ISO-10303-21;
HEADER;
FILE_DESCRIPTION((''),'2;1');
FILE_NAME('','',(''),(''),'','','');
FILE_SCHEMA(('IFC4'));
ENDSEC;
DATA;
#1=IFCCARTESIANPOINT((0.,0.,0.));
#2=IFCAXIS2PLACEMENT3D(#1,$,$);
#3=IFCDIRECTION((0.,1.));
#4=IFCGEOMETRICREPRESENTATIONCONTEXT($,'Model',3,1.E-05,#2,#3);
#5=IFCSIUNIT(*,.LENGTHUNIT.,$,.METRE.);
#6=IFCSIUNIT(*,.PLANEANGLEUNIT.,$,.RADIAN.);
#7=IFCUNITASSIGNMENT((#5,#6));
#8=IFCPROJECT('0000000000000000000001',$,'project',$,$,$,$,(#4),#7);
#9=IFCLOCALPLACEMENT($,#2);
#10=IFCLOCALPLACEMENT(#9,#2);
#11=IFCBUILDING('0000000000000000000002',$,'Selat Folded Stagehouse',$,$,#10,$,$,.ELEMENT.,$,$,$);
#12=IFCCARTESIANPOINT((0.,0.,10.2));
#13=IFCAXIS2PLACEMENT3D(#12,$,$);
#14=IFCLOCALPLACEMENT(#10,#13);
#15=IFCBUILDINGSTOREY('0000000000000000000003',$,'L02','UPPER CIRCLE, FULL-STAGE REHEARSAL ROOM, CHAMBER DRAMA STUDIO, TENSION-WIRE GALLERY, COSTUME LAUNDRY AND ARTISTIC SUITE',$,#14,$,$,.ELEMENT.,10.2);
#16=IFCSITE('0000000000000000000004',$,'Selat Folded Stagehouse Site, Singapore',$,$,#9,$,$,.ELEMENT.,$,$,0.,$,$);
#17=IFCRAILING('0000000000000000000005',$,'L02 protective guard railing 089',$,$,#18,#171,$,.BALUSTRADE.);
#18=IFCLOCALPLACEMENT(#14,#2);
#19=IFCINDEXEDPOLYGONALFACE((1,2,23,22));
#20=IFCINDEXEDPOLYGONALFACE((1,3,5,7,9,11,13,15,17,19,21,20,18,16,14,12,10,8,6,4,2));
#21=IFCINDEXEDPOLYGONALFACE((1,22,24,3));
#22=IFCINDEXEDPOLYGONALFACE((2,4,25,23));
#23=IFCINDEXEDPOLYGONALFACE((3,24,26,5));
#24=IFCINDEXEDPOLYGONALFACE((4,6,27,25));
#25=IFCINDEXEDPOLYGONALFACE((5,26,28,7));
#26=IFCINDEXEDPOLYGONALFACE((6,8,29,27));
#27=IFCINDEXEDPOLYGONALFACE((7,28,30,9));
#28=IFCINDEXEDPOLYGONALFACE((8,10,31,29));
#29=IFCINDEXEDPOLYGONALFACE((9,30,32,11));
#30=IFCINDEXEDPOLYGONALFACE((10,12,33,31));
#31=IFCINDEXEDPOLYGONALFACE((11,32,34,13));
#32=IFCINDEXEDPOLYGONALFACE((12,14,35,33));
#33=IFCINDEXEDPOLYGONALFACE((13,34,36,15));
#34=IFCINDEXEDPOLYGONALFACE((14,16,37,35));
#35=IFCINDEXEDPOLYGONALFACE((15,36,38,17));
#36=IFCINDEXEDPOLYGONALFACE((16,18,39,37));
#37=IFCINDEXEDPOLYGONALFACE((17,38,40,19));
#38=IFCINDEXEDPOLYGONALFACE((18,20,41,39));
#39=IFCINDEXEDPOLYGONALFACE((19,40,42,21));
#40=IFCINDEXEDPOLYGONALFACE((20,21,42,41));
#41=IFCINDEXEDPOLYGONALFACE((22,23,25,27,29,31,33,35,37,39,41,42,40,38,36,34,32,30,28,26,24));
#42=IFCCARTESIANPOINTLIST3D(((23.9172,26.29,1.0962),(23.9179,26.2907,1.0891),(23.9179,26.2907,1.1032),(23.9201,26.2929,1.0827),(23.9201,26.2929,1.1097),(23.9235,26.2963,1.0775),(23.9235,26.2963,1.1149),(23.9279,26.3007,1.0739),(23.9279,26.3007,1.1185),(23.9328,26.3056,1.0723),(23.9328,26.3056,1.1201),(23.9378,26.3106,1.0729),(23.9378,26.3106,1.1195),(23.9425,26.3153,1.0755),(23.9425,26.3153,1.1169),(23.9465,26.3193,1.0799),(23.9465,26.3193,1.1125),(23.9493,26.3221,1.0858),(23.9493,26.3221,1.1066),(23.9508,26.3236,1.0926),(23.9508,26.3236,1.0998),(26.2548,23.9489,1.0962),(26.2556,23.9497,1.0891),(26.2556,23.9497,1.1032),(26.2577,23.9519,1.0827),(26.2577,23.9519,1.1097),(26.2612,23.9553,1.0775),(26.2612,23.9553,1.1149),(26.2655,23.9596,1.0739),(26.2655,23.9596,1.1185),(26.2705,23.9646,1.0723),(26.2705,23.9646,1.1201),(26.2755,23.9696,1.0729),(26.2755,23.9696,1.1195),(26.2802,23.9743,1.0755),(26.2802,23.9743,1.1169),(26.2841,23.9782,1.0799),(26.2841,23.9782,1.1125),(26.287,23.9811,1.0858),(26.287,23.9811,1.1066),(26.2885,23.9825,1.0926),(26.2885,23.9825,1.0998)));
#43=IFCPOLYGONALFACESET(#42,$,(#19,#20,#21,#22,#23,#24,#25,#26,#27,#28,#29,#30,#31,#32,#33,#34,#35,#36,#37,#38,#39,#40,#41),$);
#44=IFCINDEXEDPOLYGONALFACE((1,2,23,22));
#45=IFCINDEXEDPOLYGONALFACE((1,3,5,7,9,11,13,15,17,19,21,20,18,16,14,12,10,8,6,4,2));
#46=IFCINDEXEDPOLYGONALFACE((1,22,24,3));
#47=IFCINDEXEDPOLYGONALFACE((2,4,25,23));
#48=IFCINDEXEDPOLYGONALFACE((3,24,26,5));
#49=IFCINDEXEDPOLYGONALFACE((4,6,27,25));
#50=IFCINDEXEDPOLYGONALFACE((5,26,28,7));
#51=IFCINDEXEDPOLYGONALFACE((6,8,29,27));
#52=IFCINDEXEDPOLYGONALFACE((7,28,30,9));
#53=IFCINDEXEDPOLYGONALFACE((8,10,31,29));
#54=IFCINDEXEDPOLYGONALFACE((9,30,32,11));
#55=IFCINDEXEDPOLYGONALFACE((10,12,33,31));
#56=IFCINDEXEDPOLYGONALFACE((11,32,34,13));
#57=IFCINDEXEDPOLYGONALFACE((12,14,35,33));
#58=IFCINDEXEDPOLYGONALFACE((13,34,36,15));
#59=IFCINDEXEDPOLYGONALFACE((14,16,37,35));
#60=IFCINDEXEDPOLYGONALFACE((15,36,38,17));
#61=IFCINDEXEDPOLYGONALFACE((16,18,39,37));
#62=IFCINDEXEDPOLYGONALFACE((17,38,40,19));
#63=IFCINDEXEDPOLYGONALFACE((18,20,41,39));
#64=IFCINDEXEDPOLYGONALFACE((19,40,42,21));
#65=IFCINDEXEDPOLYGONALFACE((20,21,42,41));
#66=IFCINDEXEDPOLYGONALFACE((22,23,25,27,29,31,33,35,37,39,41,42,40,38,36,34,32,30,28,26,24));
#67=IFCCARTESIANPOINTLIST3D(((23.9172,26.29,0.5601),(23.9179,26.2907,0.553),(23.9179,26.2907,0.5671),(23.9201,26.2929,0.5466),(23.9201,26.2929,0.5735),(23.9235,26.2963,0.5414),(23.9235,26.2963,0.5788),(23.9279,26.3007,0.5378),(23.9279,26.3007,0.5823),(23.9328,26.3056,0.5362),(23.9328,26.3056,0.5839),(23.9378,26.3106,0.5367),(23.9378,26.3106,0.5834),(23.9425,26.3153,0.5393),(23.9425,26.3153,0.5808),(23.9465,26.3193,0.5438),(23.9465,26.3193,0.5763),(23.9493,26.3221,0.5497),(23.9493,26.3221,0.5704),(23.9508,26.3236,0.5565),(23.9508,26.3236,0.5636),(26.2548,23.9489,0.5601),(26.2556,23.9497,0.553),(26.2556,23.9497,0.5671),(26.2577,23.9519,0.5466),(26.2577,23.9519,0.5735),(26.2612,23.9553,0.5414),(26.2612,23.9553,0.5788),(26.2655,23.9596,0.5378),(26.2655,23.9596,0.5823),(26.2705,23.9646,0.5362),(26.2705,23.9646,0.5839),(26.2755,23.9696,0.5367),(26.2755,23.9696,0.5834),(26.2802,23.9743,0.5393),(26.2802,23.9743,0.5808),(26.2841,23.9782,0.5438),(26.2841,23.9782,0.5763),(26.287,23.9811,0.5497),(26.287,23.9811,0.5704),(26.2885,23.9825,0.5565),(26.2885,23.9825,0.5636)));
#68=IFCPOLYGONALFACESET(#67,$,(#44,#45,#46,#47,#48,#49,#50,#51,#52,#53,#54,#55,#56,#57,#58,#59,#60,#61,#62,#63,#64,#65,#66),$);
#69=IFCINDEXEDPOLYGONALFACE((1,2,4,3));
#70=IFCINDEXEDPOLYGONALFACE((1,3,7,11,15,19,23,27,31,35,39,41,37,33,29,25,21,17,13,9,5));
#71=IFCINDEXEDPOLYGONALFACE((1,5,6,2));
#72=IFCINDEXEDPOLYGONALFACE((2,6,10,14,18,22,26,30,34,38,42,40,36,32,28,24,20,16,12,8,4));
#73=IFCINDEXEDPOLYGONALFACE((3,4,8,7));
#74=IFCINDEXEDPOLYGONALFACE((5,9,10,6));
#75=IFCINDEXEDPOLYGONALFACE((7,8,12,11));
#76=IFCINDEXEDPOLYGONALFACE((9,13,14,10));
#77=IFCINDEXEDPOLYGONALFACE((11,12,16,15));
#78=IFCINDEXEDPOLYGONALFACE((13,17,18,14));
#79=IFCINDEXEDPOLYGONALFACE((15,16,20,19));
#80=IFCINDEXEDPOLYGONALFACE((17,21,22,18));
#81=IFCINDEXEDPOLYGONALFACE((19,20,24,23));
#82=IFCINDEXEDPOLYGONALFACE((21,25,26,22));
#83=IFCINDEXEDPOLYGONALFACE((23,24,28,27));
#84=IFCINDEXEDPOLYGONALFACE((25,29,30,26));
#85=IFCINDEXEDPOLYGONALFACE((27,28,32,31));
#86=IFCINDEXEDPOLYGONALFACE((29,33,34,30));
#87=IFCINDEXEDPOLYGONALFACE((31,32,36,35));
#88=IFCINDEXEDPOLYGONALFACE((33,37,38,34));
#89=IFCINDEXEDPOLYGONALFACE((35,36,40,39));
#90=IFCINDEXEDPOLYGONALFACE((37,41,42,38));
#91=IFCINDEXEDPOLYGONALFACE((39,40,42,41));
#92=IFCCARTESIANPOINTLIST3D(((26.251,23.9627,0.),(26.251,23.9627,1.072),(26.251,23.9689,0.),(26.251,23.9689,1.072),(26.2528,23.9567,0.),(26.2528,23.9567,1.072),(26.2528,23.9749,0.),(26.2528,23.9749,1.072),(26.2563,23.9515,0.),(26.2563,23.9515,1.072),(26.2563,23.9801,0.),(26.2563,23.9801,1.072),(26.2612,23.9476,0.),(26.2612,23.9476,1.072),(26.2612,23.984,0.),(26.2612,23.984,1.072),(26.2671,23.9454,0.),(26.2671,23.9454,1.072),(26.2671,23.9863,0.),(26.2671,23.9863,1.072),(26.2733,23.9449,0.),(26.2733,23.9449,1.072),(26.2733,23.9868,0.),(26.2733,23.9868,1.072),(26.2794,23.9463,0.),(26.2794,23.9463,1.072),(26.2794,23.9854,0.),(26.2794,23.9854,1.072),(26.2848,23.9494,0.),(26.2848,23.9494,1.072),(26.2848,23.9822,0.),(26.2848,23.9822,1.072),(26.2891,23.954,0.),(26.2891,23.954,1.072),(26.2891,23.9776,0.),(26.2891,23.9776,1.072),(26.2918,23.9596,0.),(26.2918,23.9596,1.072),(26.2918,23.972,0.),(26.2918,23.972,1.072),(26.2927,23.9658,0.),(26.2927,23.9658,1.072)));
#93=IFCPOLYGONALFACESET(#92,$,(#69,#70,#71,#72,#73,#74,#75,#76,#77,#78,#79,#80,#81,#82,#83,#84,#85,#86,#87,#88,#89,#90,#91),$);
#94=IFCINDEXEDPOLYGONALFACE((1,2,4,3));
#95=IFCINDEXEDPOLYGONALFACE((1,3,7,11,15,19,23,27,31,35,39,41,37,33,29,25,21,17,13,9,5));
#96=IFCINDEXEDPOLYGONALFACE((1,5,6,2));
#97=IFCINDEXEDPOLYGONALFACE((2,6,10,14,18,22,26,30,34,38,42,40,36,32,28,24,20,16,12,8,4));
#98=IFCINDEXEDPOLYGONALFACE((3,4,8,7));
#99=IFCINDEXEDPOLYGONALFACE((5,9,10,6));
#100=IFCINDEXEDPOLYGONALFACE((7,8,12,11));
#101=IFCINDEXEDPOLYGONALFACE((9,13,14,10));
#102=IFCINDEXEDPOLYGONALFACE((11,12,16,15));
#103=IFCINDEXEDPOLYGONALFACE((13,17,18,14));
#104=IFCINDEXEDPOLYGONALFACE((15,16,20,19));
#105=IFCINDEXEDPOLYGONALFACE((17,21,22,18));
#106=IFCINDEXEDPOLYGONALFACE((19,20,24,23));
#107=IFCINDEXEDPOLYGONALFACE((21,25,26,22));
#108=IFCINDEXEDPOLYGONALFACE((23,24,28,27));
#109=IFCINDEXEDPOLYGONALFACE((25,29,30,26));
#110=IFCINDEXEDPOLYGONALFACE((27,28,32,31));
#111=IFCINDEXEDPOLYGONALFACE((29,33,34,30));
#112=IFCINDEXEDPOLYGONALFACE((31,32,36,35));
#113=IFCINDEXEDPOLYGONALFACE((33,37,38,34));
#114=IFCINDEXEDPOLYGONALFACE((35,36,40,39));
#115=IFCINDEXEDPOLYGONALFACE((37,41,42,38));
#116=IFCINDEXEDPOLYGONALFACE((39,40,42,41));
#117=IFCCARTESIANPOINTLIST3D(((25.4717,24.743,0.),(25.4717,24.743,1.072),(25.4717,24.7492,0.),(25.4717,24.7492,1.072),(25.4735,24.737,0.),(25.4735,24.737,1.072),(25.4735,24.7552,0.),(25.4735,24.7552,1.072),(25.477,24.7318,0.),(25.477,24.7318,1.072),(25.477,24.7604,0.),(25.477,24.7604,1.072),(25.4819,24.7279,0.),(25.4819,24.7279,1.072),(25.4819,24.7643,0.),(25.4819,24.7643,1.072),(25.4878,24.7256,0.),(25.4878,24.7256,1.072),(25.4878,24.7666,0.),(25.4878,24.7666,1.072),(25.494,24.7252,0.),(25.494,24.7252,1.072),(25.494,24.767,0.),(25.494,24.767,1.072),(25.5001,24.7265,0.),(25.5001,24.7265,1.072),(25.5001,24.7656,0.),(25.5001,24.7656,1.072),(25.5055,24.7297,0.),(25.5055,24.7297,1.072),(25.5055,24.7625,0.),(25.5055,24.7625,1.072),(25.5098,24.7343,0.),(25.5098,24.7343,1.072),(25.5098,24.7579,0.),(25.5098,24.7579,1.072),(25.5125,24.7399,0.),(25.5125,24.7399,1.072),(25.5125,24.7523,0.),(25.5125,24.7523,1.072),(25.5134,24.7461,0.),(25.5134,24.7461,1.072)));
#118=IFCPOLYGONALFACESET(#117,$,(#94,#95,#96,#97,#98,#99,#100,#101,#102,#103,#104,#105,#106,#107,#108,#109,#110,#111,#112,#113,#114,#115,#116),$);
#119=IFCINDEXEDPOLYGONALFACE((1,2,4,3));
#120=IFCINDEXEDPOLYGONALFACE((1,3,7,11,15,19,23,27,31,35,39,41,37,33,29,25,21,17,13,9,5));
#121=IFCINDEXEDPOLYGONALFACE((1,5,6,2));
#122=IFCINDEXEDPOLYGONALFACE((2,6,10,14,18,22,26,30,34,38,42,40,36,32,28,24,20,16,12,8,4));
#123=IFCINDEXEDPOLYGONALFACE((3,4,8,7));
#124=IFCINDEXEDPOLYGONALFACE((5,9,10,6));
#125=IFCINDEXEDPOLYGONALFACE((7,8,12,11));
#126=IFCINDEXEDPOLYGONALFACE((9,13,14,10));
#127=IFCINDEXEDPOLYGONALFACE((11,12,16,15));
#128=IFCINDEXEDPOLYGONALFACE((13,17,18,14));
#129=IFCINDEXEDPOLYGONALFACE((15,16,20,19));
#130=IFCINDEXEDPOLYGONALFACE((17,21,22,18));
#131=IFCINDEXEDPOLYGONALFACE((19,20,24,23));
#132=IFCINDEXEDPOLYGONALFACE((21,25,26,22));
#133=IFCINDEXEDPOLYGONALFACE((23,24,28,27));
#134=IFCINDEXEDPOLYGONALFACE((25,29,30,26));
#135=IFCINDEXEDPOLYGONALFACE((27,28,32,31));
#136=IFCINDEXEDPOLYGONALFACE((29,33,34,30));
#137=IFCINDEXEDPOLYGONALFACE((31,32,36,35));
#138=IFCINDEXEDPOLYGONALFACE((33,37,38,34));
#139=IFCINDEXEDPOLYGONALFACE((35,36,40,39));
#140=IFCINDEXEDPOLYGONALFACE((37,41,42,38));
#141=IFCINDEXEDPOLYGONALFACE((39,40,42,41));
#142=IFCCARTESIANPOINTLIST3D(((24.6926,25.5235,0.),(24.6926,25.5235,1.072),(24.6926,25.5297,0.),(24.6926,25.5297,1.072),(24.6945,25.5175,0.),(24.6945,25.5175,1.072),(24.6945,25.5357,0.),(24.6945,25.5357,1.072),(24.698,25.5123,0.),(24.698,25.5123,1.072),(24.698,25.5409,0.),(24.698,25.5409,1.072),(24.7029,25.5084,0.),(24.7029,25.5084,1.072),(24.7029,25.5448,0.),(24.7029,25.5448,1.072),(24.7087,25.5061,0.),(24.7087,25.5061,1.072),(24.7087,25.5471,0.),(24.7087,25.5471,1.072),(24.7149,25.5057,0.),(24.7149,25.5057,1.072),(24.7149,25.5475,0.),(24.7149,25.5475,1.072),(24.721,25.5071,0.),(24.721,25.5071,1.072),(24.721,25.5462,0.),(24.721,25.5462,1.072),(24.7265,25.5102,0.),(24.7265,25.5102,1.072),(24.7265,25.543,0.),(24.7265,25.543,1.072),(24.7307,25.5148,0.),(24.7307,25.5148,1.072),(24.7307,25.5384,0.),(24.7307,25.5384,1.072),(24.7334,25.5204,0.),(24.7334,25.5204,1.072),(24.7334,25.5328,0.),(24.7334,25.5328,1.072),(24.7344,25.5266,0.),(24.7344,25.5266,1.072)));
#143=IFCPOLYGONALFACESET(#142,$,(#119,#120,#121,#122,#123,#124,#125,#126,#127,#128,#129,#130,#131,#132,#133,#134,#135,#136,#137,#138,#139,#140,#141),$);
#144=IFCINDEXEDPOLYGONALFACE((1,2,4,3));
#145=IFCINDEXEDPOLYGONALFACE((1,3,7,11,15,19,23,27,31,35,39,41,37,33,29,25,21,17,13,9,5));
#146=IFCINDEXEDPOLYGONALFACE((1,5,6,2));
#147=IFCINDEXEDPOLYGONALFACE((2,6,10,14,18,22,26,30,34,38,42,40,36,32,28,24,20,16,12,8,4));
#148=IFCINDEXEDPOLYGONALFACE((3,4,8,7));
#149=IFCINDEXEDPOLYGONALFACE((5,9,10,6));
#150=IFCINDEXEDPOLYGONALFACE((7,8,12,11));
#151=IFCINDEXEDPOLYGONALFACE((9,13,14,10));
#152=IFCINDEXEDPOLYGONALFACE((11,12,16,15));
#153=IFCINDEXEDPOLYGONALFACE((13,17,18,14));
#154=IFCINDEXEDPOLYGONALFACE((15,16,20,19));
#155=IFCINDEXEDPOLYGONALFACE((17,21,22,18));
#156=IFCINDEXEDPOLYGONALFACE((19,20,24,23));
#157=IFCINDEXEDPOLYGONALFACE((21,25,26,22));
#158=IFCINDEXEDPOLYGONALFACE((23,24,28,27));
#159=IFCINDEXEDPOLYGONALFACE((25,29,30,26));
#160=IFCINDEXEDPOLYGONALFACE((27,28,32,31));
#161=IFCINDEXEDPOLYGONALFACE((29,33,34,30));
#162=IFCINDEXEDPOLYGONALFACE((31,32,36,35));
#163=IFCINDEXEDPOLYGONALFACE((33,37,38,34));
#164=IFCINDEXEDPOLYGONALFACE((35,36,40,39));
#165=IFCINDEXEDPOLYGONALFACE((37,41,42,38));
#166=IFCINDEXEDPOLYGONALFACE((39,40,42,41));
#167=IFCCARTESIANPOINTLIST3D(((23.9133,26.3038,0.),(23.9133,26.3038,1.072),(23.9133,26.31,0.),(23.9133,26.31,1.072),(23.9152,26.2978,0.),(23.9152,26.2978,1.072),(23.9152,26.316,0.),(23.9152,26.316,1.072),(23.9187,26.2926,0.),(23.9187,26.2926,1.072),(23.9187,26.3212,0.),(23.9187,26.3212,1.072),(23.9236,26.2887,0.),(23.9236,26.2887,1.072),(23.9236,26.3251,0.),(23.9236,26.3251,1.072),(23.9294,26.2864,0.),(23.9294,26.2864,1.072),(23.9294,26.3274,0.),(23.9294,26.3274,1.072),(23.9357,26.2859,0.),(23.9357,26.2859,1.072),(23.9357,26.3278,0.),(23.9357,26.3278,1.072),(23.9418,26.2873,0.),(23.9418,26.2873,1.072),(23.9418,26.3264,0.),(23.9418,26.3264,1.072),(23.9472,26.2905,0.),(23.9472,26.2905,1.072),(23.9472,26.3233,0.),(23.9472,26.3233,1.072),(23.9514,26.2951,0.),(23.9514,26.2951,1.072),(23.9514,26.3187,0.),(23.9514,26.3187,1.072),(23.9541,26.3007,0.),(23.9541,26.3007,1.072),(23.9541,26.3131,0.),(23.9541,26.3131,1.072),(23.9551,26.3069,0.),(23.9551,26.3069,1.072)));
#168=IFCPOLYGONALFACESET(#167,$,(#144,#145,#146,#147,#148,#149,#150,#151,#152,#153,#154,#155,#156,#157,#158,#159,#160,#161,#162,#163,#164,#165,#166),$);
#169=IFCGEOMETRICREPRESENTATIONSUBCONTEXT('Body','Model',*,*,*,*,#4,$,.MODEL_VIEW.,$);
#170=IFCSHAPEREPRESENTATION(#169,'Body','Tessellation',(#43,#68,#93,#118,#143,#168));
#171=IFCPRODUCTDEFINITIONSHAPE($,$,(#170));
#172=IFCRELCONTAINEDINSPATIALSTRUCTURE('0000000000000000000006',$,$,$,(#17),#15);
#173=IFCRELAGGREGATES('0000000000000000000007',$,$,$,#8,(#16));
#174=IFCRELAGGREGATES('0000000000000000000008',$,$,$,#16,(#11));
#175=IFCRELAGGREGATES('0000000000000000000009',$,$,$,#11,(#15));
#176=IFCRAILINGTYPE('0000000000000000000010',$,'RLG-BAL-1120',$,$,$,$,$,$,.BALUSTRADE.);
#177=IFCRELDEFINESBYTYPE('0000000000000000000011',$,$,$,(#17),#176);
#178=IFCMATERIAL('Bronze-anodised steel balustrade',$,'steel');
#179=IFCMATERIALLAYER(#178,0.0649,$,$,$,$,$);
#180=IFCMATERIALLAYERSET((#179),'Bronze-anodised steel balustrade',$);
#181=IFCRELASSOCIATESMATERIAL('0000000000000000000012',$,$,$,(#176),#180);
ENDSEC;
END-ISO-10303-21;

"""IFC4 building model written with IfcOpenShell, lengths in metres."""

from ifc_helpers import new_model, si_unit, direction, frame, origin, origin_2d, place, context, subcontext, project, spatial, circle, extrude, material, layer, layer_set, type_object, element, save


model = new_model("IFC4")

# Units and contexts
model_context = context("Model", 3, precision=1e-05, world=origin(), true_north=direction((0.0, 1.0)))
body_context = subcontext(model_context, "Body", "Model", "MODEL_VIEW")
ifc_project = project(units=[si_unit("LENGTHUNIT", "METRE"), si_unit("PLANEANGLEUNIT", "RADIAN")], contexts=[model_context])

# Site, building, storey
site_placement = place(None, origin())
site = spatial("IfcSite", under=ifc_project, at=site_placement, Name="Selat Folded Stagehouse Site, Singapore", CompositionType="ELEMENT", RefElevation=0.0)
building_placement = place(site_placement, origin())
building = spatial("IfcBuilding", under=site, at=building_placement, Name="Selat Folded Stagehouse", CompositionType="ELEMENT")
storey_placement = place(building_placement, frame((0.0, 0.0, 10.2)))
storey = spatial("IfcBuildingStorey", under=building, at=storey_placement, Name="L02", Description="UPPER CIRCLE, FULL-STAGE REHEARSAL ROOM, CHAMBER DRAMA STUDIO, TENSION-WIRE GALLERY, COSTUME LAUNDRY AND ARTISTIC SUITE", CompositionType="ELEMENT", Elevation=10.2)

# Railing
ifc_material_1 = material(Name="Bronze-anodised steel balustrade", Category="steel")
ifc_layer_1 = layer(ifc_material_1, 0.0649)
ifc_layer_set_1 = layer_set([ifc_layer_1], Name="Bronze-anodised steel balustrade")
railing_type = type_object("IfcRailingType", Name="RLG-BAL-1120", PredefinedType="BALUSTRADE", material=ifc_layer_set_1)
railing_1_placement = place(storey_placement, frame((26.2717, 23.9658, 0.0)))
element("IfcRailing", 1, at=railing_1_placement, inside=storey, type_object=railing_type, Name="L02 protective guard railing 089", PredefinedType="BALUSTRADE", context=body_context, shape_type="SweptSolid", body=[
    extrude(circle(Radius=0.0239, at=origin_2d()), frame((0.0, 0.0, 1.0962), z_axis=(-0.70659, 0.707623, 0.0), x_axis=(-0.707623, -0.70659, 0.0)), (0.0, 0.0, 1.0), 3.3083),
    extrude(circle(Radius=0.0239, at=origin_2d()), frame((0.0, 0.0, 0.5601), z_axis=(-0.70659, 0.707623, 0.0), x_axis=(-0.707623, -0.70659, 0.0)), (0.0, 0.0, 1.0), 3.3083),
    extrude(circle(Radius=0.021, at=origin_2d()), origin(), (0.0, 0.0, 1.0), 1.072),
    extrude(circle(Radius=0.021, at=origin_2d()), frame((-0.7793, 0.7803, 0.0)), (0.0, 0.0, 1.0), 1.072),
    extrude(circle(Radius=0.021, at=origin_2d()), frame((-1.5583, 1.5608, 0.0)), (0.0, 0.0, 1.0), 1.072),
    extrude(circle(Radius=0.021, at=origin_2d()), frame((-2.3376, 2.3411, 0.0)), (0.0, 0.0, 1.0), 1.072),
])

save(model, "model.ifc")
